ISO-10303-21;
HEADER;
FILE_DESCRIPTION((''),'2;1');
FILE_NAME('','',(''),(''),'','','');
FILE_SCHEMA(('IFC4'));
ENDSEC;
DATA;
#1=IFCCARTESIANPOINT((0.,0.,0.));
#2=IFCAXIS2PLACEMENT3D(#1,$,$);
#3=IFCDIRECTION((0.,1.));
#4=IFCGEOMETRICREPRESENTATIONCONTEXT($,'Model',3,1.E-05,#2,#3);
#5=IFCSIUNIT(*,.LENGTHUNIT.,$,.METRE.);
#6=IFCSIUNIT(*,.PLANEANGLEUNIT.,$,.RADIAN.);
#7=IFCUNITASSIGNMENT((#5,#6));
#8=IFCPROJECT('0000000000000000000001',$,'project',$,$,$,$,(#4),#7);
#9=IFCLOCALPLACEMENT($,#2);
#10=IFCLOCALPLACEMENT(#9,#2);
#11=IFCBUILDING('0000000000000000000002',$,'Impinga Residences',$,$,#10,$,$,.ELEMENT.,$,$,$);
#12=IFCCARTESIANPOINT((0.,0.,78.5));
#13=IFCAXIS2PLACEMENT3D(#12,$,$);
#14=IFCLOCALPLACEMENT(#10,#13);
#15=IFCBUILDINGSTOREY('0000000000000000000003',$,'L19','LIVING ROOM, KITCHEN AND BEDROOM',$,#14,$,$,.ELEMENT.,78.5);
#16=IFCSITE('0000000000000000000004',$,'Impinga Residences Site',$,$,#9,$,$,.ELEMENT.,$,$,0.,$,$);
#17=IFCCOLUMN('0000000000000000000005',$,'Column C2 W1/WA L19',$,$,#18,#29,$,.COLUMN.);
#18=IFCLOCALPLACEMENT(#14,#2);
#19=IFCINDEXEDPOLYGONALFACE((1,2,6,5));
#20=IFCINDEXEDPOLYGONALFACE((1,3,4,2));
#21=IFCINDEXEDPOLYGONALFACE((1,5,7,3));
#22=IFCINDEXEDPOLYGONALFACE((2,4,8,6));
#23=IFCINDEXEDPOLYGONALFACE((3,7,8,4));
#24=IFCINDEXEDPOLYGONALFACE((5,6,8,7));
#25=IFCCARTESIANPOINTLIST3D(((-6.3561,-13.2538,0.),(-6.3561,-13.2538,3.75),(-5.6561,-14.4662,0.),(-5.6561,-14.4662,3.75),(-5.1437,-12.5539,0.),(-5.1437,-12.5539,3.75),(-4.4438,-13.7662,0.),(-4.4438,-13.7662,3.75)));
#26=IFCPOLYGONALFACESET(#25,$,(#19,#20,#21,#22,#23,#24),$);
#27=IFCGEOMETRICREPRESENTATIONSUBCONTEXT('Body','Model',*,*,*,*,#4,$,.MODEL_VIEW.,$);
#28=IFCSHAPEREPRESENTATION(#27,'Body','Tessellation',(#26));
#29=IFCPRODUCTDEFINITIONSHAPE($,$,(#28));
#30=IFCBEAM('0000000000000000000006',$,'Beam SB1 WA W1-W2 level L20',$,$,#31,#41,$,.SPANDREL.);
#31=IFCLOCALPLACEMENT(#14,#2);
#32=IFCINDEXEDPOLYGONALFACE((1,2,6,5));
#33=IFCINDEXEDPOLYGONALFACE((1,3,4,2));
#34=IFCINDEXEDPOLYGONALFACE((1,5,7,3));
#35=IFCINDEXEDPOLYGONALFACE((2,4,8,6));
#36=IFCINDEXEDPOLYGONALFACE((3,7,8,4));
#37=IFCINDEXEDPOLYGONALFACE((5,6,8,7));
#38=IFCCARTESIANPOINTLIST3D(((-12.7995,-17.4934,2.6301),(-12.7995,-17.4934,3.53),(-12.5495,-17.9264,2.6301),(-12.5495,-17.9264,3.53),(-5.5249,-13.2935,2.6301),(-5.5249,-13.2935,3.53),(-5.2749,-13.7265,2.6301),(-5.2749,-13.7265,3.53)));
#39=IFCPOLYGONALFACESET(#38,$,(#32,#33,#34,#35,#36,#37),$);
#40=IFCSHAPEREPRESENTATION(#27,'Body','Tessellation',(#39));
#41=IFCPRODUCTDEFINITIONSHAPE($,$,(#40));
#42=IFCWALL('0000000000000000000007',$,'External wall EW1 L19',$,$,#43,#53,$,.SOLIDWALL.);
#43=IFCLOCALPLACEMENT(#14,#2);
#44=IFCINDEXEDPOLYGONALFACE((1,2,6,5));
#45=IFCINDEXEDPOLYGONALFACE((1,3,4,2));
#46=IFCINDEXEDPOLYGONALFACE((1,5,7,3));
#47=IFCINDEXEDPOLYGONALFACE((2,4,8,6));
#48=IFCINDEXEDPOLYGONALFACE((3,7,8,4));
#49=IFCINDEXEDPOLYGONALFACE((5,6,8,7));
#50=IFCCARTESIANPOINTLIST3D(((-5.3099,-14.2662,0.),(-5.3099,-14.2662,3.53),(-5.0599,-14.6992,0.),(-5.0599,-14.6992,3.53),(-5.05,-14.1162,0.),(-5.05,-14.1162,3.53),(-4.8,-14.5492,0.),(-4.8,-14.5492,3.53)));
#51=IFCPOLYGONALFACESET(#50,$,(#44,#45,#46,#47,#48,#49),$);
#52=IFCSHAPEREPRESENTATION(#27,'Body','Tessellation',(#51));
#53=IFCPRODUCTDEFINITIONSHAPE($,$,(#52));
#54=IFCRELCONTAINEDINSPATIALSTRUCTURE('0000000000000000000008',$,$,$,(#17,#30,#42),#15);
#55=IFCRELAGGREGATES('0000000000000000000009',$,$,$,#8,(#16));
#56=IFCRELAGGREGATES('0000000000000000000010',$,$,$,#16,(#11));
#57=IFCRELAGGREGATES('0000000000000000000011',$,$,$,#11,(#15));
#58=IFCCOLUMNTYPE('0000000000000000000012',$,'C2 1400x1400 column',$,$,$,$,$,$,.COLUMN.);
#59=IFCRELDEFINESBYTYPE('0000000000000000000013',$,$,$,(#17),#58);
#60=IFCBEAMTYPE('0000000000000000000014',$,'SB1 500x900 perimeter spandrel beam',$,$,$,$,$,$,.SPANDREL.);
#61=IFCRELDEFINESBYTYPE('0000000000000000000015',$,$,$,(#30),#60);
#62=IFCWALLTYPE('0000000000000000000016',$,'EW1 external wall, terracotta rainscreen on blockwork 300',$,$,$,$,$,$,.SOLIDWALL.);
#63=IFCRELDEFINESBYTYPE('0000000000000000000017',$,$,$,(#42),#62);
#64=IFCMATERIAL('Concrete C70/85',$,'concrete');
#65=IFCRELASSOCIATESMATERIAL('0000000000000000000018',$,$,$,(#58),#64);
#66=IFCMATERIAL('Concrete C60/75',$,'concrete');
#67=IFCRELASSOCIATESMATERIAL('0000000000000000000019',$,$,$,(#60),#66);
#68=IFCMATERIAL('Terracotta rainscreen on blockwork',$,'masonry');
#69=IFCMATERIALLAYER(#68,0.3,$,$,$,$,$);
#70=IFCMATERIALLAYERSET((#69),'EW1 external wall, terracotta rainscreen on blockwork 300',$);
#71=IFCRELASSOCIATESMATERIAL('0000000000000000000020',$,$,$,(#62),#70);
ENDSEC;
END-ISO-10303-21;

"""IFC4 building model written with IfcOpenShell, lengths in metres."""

from ifc_helpers import new_model, si_unit, direction, frame, frame_2d, origin, origin_2d, place, context, subcontext, project, spatial, rectangle, extrude, material, layer, layer_set, material_profile, profile_set, type_object, element, save


model = new_model("IFC4")

# Units and contexts
model_context = context("Model", 3, precision=1e-05, world=origin(), true_north=direction((0.0, 1.0)))
body_context = subcontext(model_context, "Body", "Model", "MODEL_VIEW")
ifc_project = project(units=[si_unit("LENGTHUNIT", "METRE"), si_unit("PLANEANGLEUNIT", "RADIAN")], contexts=[model_context])

# Site, building, storey
site_placement = place(None, origin())
site = spatial("IfcSite", under=ifc_project, at=site_placement, Name="Impinga Residences Site", CompositionType="ELEMENT", RefElevation=0.0)
building_placement = place(site_placement, origin())
building = spatial("IfcBuilding", under=site, at=building_placement, Name="Impinga Residences", CompositionType="ELEMENT")
storey_placement = place(building_placement, frame((0.0, 0.0, 78.5)))
storey = spatial("IfcBuildingStorey", under=building, at=storey_placement, Name="L19", Description="LIVING ROOM, KITCHEN AND BEDROOM", CompositionType="ELEMENT", Elevation=78.5)

# Column
ifc_material_1 = material(Name="Concrete C70/85", Category="concrete")
ifc_material_profile_1 = material_profile(ifc_material_1, rectangle(XDim=1.3999, YDim=1.3999, at=origin_2d()), Name="RC 1400x1400")
ifc_profile_set_1 = profile_set([ifc_material_profile_1], Name="Concrete C70/85")
column_type = type_object("IfcColumnType", Name="C2 1400x1400 column", PredefinedType="COLUMN", material=ifc_profile_set_1)
column_placement = place(storey_placement, frame((-5.3999, -13.51, 0.0), z_axis=(0.0, 0.0, 1.0), x_axis=(-0.5, 0.866025, 0.0)))
element("IfcColumn", 1, at=column_placement, inside=storey, type_object=column_type, Name="Column C2 W1/WA L19", PredefinedType="COLUMN", context=body_context, shape_type="SweptSolid", body=[
    extrude(rectangle(XDim=1.3999, YDim=1.3999, at=origin_2d()), origin(), (0.0, 0.0, 1.0), 3.75),
])

# Beam
ifc_material_2 = material(Name="Concrete C60/75", Category="concrete")
ifc_material_profile_2 = material_profile(ifc_material_2, rectangle(XDim=0.5, YDim=0.8999, at=origin_2d()), Name="RC 500x900")
ifc_profile_set_2 = profile_set([ifc_material_profile_2], Name="Concrete C60/75")
beam_type = type_object("IfcBeamType", Name="SB1 500x900 perimeter spandrel beam", PredefinedType="SPANDREL", material=ifc_profile_set_2)
beam_placement = place(storey_placement, frame((-5.3999, -13.51, 3.0801), z_axis=(-0.866029, -0.499993, 0.0), x_axis=(0.499993, -0.866029, 0.0)))
element("IfcBeam", 2, at=beam_placement, inside=storey, type_object=beam_type, Name="Beam SB1 WA W1-W2 level L20", PredefinedType="SPANDREL", context=body_context, shape_type="SweptSolid", body=[
    extrude(rectangle(XDim=0.5, YDim=0.8999, at=origin_2d()), origin(), (0.0, 0.0, 1.0), 8.3999),
])

# Wall
ifc_material_3 = material(Name="Terracotta rainscreen on blockwork", Category="masonry")
ifc_layer_1 = layer(ifc_material_3, 0.3)
ifc_layer_set_1 = layer_set([ifc_layer_1], Name="EW1 external wall, terracotta rainscreen on blockwork 300")
wall_type_1 = type_object("IfcWallType", Name="EW1 external wall, terracotta rainscreen on blockwork 300", PredefinedType="SOLIDWALL", material=ifc_layer_set_1)
wall_1_placement = place(storey_placement, frame((-5.1799, -14.1912, 0.0), z_axis=(0.0, 0.0, 1.0), x_axis=(0.49992, -0.866072, 0.0)))
element("IfcWall", 3, at=wall_1_placement, inside=storey, type_object=wall_type_1, Name="External wall EW1 L19", PredefinedType="SOLIDWALL", context=body_context, shape_type="SweptSolid", body=[
    extrude(rectangle(XDim=0.5, YDim=0.3, at=frame_2d((0.25, 0.0))), origin(), (0.0, 0.0, 1.0), 3.53),
])

save(model, "model.ifc")
